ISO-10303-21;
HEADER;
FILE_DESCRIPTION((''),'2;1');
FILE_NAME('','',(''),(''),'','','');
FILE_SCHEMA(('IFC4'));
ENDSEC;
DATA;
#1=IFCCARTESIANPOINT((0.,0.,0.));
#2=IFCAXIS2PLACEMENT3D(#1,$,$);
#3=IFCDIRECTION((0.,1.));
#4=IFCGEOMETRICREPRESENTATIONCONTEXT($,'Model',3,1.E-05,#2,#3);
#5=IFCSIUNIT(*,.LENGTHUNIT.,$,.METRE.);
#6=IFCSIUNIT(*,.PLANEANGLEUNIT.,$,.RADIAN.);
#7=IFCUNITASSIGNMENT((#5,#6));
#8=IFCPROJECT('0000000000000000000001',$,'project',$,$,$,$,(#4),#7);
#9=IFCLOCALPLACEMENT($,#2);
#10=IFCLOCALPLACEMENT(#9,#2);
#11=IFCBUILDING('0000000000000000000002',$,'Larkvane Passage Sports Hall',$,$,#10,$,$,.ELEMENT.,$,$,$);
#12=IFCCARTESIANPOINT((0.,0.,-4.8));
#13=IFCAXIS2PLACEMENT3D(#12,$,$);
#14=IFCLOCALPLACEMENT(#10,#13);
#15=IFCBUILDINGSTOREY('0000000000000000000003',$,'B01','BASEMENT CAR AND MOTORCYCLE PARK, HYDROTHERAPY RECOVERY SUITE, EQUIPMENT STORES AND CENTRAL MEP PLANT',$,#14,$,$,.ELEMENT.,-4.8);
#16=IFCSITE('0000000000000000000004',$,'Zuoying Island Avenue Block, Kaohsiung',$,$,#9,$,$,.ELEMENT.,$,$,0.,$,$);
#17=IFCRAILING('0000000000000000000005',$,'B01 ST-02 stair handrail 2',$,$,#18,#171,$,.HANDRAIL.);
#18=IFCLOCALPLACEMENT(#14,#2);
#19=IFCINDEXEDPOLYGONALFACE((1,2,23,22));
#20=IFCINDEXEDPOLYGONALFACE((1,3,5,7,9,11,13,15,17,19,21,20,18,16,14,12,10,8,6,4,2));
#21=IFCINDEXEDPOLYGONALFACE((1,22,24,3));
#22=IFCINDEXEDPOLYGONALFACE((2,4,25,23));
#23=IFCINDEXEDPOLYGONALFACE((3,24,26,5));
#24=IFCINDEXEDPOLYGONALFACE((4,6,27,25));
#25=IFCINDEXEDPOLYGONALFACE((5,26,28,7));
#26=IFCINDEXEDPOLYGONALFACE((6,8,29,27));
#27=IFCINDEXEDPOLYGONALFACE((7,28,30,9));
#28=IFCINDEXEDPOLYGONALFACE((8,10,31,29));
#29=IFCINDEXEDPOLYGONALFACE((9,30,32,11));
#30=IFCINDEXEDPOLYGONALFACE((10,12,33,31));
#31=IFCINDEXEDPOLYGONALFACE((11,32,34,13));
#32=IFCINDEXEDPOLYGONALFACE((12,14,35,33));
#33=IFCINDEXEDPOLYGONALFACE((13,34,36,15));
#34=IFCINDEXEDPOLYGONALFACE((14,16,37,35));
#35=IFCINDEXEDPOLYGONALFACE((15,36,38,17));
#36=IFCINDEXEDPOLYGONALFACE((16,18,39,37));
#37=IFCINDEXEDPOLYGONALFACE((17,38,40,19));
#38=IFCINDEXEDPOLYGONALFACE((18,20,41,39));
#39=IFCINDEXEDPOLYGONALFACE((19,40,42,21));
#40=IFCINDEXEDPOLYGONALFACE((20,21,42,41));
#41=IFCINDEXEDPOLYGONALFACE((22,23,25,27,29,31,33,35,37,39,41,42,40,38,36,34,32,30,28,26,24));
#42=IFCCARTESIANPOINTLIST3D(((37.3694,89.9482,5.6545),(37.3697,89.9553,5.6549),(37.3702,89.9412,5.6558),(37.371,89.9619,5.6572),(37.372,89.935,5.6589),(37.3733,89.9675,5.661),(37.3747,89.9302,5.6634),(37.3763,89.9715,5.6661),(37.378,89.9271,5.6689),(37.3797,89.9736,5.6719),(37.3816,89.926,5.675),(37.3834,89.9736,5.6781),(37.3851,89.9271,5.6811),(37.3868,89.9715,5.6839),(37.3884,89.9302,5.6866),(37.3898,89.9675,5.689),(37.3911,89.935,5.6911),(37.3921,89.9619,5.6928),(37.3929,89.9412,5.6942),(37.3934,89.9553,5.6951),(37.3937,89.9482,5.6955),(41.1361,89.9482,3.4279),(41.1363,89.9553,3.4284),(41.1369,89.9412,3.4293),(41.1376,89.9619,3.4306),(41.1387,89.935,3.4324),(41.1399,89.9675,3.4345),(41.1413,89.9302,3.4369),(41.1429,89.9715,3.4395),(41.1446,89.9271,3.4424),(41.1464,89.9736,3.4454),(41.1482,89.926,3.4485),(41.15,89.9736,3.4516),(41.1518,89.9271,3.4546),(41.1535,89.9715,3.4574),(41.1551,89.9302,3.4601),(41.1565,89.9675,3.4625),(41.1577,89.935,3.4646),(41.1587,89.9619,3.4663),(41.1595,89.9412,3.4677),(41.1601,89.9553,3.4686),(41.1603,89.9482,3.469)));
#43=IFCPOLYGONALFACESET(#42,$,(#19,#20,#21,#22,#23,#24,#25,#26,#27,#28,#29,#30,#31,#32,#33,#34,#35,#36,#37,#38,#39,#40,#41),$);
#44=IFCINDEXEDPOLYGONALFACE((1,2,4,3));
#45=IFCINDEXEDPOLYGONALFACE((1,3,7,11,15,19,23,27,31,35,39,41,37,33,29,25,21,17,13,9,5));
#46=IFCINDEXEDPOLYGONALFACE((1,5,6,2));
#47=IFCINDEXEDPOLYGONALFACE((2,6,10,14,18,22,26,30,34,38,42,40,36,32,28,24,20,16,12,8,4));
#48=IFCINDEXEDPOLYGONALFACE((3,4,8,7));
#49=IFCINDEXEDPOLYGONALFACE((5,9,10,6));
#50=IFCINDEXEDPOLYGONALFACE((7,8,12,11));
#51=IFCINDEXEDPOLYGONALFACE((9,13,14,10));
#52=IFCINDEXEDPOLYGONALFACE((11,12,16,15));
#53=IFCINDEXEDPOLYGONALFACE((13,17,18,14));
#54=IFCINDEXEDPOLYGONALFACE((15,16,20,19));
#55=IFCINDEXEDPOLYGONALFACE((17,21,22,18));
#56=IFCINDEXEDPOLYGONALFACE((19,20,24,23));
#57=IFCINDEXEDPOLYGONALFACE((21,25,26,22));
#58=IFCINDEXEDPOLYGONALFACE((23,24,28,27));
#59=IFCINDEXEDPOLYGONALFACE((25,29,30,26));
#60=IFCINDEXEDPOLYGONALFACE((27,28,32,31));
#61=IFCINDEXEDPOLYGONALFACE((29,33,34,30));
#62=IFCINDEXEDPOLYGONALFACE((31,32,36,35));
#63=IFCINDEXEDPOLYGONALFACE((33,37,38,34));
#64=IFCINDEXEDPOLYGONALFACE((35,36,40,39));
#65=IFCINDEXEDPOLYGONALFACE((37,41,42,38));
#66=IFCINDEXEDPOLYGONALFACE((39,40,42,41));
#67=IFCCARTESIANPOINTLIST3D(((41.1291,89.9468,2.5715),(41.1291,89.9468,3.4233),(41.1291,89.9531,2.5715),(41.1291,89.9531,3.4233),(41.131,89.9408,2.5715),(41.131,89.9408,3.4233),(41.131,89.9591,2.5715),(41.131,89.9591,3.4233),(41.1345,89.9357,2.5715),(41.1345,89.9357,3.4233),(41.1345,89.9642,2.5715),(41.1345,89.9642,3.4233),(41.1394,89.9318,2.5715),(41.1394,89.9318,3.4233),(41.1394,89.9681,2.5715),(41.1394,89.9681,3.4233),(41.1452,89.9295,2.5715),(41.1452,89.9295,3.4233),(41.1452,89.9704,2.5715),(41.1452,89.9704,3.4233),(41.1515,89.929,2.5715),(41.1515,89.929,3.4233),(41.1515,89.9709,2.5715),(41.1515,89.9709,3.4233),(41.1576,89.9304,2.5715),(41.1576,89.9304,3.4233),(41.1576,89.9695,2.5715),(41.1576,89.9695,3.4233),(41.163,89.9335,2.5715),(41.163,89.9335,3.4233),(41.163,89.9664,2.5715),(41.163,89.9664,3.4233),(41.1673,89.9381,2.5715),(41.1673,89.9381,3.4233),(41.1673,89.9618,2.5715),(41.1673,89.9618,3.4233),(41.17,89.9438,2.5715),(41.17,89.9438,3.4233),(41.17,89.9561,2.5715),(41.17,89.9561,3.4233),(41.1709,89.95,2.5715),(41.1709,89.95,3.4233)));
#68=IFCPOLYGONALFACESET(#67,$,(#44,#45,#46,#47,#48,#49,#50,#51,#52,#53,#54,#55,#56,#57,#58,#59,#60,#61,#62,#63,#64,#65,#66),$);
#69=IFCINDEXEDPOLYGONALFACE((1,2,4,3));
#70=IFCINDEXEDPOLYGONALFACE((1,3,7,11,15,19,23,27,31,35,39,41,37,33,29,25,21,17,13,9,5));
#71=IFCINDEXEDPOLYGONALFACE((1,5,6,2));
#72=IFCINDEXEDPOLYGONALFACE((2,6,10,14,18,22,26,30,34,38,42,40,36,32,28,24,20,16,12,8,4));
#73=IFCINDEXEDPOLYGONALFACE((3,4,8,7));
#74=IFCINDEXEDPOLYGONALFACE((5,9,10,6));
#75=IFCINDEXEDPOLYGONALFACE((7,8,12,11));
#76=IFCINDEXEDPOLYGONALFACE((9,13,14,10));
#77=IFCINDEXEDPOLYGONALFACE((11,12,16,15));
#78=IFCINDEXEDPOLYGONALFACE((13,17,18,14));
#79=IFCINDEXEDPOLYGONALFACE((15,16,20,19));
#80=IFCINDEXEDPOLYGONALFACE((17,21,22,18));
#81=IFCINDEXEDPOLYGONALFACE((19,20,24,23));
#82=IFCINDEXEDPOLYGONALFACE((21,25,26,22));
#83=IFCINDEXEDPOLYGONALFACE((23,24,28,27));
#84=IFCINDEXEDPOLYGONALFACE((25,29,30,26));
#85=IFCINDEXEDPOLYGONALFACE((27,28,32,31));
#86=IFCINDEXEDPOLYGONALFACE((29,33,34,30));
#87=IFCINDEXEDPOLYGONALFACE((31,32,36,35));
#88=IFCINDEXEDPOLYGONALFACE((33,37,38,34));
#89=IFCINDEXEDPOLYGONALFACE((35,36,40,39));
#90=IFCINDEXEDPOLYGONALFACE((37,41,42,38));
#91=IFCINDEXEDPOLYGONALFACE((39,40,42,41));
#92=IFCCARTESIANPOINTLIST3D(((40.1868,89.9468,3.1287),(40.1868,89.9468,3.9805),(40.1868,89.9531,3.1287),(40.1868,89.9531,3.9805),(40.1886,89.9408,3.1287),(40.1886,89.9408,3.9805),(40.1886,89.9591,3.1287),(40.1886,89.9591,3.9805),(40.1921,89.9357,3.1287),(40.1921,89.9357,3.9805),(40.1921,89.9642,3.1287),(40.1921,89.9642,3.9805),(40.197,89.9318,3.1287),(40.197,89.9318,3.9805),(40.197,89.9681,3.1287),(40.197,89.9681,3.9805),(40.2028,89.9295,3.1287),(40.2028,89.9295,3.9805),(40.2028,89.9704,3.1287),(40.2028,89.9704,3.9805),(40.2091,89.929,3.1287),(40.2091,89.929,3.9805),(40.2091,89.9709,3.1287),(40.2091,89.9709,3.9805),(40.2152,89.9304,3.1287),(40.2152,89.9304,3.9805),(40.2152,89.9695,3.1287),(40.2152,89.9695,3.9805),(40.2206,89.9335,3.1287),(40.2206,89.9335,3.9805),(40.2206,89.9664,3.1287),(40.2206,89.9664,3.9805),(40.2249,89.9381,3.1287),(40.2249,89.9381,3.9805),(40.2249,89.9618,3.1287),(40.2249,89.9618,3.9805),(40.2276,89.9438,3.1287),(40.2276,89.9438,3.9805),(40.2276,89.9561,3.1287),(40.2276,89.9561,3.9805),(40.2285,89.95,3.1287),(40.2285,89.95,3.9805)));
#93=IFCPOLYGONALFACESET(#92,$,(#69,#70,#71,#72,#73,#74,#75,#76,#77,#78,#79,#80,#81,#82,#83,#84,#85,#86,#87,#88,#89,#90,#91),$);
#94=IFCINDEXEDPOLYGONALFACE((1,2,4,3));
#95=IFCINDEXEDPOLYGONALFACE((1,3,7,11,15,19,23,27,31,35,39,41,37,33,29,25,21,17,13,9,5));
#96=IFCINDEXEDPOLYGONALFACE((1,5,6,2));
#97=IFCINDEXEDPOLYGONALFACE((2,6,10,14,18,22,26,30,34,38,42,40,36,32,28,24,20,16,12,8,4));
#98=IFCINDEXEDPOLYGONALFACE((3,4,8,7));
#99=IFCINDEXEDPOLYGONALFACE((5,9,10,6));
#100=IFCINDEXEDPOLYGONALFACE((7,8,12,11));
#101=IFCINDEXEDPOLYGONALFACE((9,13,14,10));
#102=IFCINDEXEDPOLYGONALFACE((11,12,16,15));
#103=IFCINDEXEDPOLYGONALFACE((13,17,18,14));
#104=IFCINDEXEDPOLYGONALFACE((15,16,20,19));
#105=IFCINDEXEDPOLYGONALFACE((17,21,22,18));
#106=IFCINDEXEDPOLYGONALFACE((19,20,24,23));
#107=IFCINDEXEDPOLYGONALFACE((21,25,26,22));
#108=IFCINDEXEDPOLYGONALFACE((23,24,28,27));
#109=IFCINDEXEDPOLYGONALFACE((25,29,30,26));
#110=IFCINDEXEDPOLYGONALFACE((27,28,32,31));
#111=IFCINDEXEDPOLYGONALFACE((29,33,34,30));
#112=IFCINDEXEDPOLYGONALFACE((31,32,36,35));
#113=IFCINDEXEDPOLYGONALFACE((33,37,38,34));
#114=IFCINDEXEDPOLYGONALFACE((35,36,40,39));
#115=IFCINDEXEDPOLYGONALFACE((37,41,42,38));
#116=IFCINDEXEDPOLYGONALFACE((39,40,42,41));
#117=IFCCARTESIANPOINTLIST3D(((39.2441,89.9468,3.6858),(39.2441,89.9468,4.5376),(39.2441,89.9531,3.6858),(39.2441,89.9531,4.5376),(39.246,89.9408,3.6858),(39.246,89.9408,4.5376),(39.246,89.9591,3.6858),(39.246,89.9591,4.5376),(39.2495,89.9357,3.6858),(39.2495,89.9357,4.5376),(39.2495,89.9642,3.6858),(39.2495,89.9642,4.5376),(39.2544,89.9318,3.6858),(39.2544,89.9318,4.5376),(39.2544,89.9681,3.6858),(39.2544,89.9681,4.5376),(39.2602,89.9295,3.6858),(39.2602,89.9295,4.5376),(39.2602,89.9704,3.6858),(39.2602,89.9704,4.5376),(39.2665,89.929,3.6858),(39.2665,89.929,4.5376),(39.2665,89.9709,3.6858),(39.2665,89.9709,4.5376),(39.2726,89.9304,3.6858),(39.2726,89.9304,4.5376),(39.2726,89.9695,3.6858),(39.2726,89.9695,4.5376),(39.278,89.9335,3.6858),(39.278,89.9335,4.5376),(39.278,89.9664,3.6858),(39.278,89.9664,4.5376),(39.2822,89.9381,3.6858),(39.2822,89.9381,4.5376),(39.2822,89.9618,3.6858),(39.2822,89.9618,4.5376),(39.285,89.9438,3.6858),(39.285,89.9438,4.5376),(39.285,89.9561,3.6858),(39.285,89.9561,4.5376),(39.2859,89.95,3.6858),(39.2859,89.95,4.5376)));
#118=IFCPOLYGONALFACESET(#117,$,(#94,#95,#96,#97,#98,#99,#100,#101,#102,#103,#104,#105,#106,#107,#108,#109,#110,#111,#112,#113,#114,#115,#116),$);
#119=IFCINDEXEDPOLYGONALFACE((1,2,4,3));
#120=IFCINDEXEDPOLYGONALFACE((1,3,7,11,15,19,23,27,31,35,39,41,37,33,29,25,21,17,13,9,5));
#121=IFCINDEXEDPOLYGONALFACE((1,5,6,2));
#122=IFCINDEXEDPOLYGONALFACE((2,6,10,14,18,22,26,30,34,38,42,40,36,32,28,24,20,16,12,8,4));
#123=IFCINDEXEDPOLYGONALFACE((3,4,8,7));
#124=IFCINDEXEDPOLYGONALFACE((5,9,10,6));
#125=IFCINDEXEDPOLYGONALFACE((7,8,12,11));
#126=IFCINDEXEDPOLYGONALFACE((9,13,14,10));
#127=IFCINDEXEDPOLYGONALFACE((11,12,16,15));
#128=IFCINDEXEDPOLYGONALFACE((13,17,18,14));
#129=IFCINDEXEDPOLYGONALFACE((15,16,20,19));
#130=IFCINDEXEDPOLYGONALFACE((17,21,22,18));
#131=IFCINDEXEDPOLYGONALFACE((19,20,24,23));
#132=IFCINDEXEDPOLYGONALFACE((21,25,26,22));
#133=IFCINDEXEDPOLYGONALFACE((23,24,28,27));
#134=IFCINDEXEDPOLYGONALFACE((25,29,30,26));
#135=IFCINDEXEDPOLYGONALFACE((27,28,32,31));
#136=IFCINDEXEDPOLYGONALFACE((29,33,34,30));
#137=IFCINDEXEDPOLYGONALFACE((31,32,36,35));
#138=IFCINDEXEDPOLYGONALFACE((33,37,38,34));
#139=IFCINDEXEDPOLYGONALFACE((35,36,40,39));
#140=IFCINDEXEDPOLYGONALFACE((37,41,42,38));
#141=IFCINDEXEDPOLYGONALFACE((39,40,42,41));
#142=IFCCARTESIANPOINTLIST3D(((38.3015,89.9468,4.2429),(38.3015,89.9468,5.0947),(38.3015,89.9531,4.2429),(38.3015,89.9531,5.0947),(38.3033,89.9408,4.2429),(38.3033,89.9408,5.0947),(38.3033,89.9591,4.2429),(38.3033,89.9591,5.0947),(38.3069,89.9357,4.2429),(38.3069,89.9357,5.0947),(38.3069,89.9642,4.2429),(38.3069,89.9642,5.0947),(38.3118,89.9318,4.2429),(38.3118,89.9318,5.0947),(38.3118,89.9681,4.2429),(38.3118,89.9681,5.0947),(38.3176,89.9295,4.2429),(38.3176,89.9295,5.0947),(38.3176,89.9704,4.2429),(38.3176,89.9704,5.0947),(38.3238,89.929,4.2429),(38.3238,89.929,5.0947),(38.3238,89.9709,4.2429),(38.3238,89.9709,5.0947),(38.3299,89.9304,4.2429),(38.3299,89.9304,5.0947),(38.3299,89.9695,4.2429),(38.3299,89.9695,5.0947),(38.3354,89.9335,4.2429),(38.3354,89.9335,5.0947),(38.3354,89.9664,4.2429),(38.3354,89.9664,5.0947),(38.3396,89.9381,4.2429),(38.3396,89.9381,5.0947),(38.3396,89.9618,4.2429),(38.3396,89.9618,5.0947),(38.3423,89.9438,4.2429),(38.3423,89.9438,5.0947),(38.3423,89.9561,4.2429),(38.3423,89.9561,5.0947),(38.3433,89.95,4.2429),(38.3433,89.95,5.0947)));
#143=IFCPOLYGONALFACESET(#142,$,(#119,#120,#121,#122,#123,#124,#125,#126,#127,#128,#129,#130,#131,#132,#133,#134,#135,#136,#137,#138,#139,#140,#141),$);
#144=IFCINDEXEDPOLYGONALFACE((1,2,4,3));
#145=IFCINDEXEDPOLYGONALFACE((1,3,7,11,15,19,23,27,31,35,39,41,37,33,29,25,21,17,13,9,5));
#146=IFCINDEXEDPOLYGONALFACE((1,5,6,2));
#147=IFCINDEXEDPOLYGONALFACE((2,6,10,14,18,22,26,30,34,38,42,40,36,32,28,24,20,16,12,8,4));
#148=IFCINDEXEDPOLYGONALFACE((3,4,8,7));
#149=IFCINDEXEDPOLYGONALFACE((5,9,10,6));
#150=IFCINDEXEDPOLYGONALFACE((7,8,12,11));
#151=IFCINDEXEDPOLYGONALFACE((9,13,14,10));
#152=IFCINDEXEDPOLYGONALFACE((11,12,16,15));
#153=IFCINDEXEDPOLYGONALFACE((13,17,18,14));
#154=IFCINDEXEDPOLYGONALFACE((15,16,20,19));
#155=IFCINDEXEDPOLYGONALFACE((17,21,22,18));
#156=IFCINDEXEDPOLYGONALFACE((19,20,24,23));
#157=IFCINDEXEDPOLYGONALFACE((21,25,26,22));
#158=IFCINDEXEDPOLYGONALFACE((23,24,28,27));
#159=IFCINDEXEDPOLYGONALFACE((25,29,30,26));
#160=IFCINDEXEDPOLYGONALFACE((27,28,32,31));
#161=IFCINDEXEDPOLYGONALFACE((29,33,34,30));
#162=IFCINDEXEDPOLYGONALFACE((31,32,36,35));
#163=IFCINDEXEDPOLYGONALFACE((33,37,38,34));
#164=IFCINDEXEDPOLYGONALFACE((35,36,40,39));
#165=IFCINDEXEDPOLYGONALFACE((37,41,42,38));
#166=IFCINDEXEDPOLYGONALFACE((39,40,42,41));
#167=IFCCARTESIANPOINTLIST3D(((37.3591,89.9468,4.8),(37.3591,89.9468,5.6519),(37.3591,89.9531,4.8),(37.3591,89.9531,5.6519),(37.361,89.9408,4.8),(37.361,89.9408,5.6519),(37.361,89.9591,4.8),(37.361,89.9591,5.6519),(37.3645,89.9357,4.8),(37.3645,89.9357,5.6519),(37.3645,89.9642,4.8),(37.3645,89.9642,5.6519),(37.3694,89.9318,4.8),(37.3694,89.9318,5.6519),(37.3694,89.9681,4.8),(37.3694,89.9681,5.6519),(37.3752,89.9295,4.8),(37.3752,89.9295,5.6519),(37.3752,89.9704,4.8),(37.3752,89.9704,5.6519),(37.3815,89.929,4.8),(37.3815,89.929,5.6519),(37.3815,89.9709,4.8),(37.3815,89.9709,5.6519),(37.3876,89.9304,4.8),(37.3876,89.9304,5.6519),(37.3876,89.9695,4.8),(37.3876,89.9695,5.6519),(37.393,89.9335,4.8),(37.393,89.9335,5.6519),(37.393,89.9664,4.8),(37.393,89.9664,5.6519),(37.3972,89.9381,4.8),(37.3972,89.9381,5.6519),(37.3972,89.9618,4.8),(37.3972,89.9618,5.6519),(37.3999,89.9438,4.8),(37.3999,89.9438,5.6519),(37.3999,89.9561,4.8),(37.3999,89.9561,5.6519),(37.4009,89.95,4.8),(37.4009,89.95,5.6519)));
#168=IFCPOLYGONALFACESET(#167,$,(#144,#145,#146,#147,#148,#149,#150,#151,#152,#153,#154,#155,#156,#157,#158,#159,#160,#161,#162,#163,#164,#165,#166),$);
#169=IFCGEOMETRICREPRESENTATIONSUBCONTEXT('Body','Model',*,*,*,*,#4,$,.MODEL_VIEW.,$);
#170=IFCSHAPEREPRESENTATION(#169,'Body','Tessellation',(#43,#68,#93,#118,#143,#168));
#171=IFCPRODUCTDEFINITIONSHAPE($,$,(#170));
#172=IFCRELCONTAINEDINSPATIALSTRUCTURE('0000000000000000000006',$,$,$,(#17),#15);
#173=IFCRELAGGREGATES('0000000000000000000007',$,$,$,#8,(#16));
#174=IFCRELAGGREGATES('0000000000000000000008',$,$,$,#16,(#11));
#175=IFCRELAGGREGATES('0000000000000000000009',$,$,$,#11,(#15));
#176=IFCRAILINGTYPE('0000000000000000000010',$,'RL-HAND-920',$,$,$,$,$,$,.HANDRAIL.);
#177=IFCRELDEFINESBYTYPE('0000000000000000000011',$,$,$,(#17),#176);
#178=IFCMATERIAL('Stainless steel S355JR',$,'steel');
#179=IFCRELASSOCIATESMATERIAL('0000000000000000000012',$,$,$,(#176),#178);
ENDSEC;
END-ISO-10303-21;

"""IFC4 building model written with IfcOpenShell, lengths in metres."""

from ifc_helpers import new_model, si_unit, direction, frame, origin, origin_2d, place, context, subcontext, project, spatial, circle, extrude, material, type_object, element, save


model = new_model("IFC4")

# Units and contexts
model_context = context("Model", 3, precision=1e-05, world=origin(), true_north=direction((0.0, 1.0)))
body_context = subcontext(model_context, "Body", "Model", "MODEL_VIEW")
ifc_project = project(units=[si_unit("LENGTHUNIT", "METRE"), si_unit("PLANEANGLEUNIT", "RADIAN")], contexts=[model_context])

# Site, building, storey
site_placement = place(None, origin())
site = spatial("IfcSite", under=ifc_project, at=site_placement, Name="Zuoying Island Avenue Block, Kaohsiung", CompositionType="ELEMENT", RefElevation=0.0)
building_placement = place(site_placement, origin())
building = spatial("IfcBuilding", under=site, at=building_placement, Name="Larkvane Passage Sports Hall", CompositionType="ELEMENT")
storey_placement = place(building_placement, frame((0.0, 0.0, -4.8)))
storey = spatial("IfcBuildingStorey", under=building, at=storey_placement, Name="B01", Description="BASEMENT CAR AND MOTORCYCLE PARK, HYDROTHERAPY RECOVERY SUITE, EQUIPMENT STORES AND CENTRAL MEP PLANT", CompositionType="ELEMENT", Elevation=-4.8)

# Railing
ifc_material_1 = material(Name="Stainless steel S355JR", Category="steel")
railing_type_1 = type_object("IfcRailingType", Name="RL-HAND-920", PredefinedType="HANDRAIL", material=ifc_material_1)
railing_1_placement = place(storey_placement, frame((41.1499, 89.95, 2.5715)))
element("IfcRailing", 1, at=railing_1_placement, inside=storey, type_object=railing_type_1, Name="B01 ST-02 stair handrail 2", PredefinedType="HANDRAIL", context=body_context, shape_type="SweptSolid", body=[
    extrude(circle(Radius=0.0239, at=origin_2d()), frame((-0.0017, 0.0, 0.877), z_axis=(-0.860849, 0.0, 0.508861), x_axis=(0.0, -1.0, 0.0)), (0.0, 0.0, 1.0), 4.3755),
    extrude(circle(Radius=0.021, at=origin_2d()), origin(), (0.0, 0.0, 1.0), 0.8518),
    extrude(circle(Radius=0.021, at=origin_2d()), frame((-0.9424, 0.0, 0.5571)), (0.0, 0.0, 1.0), 0.8518),
    extrude(circle(Radius=0.021, at=origin_2d()), frame((-1.885, 0.0, 1.1143)), (0.0, 0.0, 1.0), 0.8518),
    extrude(circle(Radius=0.021, at=origin_2d()), frame((-2.8276, 0.0, 1.6714)), (0.0, 0.0, 1.0), 0.8518),
    extrude(circle(Radius=0.021, at=origin_2d()), frame((-3.77, 0.0, 2.2285)), (0.0, 0.0, 1.0), 0.8518),
])

save(model, "model.ifc")
